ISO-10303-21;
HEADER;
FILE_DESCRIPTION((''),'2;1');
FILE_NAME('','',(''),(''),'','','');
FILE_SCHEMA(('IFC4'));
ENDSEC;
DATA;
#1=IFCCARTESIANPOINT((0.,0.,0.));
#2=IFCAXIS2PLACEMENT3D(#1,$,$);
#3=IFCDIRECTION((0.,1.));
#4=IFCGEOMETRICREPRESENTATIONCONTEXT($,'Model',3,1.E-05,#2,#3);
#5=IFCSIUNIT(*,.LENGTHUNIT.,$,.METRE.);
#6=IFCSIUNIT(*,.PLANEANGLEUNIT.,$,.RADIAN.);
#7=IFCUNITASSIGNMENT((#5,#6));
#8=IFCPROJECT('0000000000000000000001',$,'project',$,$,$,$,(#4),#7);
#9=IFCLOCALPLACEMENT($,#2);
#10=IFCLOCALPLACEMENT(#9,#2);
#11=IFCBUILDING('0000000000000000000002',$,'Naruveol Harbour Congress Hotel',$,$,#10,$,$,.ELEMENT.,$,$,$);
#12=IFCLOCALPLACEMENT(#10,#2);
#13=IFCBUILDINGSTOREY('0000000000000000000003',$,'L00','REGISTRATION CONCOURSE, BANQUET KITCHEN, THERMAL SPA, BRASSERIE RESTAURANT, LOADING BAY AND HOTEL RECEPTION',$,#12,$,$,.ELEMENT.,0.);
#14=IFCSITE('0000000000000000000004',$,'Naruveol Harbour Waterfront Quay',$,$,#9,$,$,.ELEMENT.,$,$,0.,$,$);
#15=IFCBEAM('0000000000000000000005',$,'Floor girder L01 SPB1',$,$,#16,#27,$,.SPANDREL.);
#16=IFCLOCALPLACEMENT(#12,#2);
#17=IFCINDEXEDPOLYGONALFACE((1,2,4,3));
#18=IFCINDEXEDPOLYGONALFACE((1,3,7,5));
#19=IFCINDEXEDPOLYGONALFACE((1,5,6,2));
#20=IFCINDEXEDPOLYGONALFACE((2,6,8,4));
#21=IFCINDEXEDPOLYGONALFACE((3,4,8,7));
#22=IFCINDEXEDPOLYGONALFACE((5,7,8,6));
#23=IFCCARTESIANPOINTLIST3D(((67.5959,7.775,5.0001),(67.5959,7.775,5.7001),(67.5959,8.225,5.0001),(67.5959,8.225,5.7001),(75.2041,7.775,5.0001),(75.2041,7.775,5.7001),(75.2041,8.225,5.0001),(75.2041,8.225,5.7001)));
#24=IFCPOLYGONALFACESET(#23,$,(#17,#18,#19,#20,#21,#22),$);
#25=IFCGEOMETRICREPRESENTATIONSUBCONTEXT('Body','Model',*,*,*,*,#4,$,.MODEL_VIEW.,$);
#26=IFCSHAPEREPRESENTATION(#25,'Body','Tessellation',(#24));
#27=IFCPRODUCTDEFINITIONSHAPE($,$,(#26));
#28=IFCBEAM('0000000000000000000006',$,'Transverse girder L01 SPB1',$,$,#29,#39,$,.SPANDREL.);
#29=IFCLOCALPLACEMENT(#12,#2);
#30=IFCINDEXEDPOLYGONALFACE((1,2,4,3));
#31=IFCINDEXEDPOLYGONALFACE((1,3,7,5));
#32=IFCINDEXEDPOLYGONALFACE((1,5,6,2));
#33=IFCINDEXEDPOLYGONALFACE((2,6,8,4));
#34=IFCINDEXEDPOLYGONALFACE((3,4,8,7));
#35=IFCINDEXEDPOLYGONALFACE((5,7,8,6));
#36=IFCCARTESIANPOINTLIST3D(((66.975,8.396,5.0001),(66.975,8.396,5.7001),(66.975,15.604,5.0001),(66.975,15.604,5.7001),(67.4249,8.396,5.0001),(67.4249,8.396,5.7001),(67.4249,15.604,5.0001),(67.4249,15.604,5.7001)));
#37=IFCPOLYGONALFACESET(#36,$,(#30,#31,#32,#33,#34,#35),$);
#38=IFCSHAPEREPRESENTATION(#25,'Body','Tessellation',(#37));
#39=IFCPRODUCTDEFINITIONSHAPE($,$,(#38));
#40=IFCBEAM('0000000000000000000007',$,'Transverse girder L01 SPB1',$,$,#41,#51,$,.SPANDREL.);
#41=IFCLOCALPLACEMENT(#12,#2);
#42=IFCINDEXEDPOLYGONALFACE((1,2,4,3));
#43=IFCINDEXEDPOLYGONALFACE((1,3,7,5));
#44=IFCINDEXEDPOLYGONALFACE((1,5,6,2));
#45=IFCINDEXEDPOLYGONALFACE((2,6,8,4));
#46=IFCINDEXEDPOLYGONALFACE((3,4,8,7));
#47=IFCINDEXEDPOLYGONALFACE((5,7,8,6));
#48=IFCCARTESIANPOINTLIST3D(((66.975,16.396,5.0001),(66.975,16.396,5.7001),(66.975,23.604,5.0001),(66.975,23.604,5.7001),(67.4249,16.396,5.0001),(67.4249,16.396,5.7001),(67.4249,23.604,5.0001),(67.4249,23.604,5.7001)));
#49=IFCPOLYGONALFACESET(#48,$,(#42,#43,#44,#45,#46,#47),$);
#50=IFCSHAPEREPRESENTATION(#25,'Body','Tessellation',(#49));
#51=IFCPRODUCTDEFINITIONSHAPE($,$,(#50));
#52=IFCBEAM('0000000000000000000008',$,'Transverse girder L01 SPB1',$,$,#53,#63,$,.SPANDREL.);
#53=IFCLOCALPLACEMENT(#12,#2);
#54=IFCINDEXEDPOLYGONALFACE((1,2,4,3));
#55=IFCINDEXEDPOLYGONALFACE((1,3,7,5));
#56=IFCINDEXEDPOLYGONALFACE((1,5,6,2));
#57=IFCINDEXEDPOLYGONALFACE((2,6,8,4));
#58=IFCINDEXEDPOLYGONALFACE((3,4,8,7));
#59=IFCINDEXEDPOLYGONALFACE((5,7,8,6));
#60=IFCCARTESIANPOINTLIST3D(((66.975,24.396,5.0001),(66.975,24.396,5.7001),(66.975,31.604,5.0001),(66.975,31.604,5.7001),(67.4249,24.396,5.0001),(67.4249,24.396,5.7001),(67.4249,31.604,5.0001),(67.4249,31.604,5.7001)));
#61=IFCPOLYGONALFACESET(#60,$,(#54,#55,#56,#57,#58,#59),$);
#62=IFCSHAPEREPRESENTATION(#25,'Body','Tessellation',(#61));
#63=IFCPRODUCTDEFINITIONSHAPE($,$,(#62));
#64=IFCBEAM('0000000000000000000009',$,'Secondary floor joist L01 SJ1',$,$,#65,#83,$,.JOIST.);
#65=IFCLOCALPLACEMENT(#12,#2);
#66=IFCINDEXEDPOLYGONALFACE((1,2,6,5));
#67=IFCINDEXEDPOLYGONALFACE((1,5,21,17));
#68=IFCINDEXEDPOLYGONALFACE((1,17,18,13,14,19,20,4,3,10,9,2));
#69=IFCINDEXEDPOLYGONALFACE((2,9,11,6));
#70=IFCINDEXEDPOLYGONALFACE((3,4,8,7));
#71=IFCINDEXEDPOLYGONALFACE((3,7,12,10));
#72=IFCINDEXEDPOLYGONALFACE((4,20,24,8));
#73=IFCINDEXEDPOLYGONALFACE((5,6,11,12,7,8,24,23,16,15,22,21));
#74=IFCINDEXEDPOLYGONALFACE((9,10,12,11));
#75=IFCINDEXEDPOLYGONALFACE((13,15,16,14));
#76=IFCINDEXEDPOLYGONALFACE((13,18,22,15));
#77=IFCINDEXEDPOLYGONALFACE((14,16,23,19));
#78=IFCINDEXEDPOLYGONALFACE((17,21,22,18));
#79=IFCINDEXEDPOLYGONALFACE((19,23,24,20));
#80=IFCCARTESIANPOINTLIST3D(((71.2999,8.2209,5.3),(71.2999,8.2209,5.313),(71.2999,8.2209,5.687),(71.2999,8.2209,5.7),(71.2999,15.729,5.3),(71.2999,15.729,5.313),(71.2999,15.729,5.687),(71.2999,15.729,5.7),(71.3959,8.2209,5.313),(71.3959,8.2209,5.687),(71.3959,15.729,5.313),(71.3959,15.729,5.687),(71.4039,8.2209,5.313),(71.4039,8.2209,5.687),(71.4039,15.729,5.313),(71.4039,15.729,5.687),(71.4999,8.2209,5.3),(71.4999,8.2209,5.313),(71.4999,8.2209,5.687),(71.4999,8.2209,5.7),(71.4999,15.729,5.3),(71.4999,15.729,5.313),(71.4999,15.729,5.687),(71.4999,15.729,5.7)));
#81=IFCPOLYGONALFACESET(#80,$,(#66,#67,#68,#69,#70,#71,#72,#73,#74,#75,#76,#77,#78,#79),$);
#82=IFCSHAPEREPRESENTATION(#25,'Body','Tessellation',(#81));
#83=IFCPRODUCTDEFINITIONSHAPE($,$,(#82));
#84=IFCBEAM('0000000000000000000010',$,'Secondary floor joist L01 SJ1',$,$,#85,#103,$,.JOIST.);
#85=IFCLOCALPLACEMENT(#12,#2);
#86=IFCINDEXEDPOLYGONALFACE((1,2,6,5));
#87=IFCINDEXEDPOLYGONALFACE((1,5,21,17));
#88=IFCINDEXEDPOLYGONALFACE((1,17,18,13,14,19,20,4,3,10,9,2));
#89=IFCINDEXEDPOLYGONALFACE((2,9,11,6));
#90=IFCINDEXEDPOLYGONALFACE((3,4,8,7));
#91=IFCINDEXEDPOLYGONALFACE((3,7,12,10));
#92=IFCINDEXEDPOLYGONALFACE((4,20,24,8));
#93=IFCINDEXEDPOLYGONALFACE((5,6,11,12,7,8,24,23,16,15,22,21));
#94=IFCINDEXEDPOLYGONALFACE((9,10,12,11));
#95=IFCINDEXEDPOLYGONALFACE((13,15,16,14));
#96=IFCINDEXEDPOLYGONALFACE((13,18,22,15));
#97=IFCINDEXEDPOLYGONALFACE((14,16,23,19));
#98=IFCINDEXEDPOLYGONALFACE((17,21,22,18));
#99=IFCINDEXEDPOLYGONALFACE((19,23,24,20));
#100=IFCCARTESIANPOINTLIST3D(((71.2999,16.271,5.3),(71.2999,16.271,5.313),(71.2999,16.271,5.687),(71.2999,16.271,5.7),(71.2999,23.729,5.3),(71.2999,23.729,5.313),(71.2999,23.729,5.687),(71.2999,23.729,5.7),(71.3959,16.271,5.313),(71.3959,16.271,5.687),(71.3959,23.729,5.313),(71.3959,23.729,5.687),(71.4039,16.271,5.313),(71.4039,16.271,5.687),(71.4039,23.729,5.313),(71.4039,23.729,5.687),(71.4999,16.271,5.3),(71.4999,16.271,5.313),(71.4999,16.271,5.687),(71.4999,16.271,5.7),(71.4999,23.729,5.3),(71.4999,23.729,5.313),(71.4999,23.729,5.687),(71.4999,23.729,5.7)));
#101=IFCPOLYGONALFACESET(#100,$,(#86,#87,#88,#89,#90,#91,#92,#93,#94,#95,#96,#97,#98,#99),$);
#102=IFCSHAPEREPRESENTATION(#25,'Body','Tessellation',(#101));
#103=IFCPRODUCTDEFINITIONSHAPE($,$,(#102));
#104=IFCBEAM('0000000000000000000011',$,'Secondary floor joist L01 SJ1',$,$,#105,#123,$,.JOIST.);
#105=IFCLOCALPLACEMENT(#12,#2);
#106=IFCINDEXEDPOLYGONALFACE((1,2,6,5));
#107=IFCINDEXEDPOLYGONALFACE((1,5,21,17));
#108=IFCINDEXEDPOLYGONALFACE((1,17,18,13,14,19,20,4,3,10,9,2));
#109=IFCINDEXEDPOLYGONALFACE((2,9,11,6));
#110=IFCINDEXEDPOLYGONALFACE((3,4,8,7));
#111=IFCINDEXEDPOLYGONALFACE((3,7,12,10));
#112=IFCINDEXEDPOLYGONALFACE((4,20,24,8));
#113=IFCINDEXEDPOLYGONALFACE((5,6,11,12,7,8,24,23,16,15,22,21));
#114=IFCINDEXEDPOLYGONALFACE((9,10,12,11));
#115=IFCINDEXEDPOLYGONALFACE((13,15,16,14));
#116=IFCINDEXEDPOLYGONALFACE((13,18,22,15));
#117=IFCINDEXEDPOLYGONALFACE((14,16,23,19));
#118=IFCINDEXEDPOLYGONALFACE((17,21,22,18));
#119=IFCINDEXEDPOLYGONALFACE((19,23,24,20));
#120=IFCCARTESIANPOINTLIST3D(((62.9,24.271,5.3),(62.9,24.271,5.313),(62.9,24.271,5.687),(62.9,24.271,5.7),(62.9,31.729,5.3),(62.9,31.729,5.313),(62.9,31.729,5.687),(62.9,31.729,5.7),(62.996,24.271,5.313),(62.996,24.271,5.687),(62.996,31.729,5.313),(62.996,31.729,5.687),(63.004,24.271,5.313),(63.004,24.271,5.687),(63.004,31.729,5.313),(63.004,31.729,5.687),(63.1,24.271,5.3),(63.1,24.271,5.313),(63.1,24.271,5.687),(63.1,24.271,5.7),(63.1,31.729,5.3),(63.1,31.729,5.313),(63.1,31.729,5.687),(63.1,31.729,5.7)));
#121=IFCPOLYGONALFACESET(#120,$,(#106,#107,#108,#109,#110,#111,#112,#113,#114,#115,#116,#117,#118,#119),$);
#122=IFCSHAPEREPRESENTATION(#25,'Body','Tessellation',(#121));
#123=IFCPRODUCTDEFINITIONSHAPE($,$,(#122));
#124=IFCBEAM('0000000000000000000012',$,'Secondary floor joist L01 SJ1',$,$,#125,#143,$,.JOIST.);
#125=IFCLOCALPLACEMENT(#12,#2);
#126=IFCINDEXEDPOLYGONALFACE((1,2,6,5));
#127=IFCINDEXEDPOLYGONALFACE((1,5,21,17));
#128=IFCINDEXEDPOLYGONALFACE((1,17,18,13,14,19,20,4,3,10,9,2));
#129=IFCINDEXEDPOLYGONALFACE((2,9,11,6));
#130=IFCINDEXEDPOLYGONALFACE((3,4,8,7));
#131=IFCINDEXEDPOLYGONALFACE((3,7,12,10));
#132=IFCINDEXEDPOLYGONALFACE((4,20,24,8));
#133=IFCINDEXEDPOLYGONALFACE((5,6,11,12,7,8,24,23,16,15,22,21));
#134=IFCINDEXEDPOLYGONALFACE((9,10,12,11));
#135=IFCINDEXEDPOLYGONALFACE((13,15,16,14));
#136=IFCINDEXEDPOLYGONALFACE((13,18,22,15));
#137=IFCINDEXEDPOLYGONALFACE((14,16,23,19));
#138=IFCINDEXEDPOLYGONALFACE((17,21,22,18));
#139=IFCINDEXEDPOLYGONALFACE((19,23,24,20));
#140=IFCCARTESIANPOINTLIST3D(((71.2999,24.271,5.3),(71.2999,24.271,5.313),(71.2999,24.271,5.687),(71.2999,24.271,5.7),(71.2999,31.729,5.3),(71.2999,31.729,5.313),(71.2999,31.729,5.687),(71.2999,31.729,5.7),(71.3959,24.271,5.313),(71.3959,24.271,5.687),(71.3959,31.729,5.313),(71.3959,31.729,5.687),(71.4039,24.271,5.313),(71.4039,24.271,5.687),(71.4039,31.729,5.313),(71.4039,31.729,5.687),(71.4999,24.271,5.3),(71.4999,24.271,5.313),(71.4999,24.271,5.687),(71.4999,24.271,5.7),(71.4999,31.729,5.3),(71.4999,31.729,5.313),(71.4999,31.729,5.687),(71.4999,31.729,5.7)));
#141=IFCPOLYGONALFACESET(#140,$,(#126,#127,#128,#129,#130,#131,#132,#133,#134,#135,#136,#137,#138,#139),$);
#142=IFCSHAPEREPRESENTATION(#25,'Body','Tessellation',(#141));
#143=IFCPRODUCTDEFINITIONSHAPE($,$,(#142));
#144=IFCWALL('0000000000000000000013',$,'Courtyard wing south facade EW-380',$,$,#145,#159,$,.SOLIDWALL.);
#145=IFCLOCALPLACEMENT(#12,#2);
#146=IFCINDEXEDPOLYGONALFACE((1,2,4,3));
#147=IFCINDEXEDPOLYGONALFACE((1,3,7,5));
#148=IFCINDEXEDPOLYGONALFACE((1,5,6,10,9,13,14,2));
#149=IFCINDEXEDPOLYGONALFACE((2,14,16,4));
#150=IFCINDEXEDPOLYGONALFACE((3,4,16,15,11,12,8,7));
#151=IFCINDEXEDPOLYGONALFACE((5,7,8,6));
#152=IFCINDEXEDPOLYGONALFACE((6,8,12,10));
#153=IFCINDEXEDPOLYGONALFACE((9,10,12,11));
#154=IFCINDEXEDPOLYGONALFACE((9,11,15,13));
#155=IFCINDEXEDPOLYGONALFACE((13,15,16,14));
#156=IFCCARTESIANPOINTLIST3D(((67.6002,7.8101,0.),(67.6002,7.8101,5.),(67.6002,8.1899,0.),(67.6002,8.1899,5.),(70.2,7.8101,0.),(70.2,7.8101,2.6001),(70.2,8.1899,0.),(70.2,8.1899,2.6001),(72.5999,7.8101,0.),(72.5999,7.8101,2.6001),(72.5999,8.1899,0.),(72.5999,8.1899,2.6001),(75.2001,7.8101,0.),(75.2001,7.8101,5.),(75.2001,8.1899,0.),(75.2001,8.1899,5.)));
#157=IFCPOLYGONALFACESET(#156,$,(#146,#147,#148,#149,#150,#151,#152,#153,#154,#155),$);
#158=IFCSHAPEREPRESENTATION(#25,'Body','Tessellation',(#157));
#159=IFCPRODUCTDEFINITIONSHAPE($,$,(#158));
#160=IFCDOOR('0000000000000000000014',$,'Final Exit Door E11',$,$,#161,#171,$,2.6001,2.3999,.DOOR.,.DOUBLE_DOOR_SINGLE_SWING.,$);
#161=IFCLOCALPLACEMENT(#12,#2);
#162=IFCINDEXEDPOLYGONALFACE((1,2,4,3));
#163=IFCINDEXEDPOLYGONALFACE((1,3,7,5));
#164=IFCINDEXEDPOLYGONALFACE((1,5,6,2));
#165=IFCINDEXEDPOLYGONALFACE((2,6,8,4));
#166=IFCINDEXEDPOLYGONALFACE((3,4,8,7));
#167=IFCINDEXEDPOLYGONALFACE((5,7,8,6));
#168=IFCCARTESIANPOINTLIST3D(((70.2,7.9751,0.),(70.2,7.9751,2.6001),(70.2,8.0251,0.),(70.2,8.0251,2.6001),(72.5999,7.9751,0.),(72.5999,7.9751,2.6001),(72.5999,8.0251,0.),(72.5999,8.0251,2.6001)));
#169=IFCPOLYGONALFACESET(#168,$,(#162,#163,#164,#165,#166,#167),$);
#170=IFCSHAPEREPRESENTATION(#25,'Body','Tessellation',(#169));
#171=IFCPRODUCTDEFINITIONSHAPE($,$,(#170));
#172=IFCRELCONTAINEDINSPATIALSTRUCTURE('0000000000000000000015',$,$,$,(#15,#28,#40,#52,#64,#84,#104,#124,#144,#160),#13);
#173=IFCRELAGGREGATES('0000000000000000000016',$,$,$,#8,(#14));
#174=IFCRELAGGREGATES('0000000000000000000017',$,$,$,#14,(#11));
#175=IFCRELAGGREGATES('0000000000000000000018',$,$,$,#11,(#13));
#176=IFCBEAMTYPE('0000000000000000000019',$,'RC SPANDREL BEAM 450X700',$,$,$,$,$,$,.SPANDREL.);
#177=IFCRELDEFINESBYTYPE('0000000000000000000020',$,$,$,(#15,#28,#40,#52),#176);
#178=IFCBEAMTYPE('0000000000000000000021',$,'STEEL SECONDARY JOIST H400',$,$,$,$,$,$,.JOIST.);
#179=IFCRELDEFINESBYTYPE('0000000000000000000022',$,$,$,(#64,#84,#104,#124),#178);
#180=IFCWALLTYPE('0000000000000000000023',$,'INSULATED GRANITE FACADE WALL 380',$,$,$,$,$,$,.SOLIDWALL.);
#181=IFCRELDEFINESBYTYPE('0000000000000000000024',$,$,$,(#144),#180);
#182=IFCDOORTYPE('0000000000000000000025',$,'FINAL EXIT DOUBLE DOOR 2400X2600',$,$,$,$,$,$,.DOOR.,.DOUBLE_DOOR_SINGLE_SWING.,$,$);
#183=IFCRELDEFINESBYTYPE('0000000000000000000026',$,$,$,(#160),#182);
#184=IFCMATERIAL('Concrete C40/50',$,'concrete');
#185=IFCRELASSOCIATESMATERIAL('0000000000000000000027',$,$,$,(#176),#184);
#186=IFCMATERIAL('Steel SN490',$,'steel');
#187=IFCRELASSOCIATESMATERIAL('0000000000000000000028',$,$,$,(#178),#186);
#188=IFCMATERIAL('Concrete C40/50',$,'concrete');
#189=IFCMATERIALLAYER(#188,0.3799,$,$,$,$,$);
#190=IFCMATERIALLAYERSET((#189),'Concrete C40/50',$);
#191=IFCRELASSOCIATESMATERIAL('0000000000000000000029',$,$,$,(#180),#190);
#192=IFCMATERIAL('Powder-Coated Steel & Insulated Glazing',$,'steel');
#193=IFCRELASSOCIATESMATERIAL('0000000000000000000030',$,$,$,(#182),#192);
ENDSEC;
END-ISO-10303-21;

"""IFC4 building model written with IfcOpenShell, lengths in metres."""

from ifc_helpers import new_model, si_unit, direction, frame, frame_2d, origin, origin_2d, place, context, subcontext, project, spatial, rectangle, i_section, extrude, material, layer, layer_set, material_profile, profile_set, type_object, element, fill, save


model = new_model("IFC4")

# Units and contexts
model_context = context("Model", 3, precision=1e-05, world=origin(), true_north=direction((0.0, 1.0)))
body_context = subcontext(model_context, "Body", "Model", "MODEL_VIEW")
ifc_project = project(units=[si_unit("LENGTHUNIT", "METRE"), si_unit("PLANEANGLEUNIT", "RADIAN")], contexts=[model_context])

# Site, building, storey
site_placement = place(None, origin())
site = spatial("IfcSite", under=ifc_project, at=site_placement, Name="Naruveol Harbour Waterfront Quay", CompositionType="ELEMENT", RefElevation=0.0)
building_placement = place(site_placement, origin())
building = spatial("IfcBuilding", under=site, at=building_placement, Name="Naruveol Harbour Congress Hotel", CompositionType="ELEMENT")
storey_placement = place(building_placement, origin())
storey = spatial("IfcBuildingStorey", under=building, at=storey_placement, Name="L00", Description="REGISTRATION CONCOURSE, BANQUET KITCHEN, THERMAL SPA, BRASSERIE RESTAURANT, LOADING BAY AND HOTEL RECEPTION", CompositionType="ELEMENT", Elevation=0.0)

# Beams
ifc_material_1 = material(Name="Concrete C40/50", Category="concrete")
ifc_material_profile_1 = material_profile(ifc_material_1, rectangle(XDim=0.45, YDim=0.7, at=origin_2d()), Name="RCB-450x700")
ifc_profile_set_1 = profile_set([ifc_material_profile_1], Name="Concrete C40/50")
beam_type_1 = type_object("IfcBeamType", Name="RC SPANDREL BEAM 450X700", PredefinedType="SPANDREL", material=ifc_profile_set_1)
beam_1_placement = place(storey_placement, frame((67.5959, 8.0, 5.3501), z_axis=(1.0, 0.0, 0.0), x_axis=(0.0, 1.0, 0.0)))
element("IfcBeam", 1, at=beam_1_placement, inside=storey, type_object=beam_type_1, Name="Floor girder L01 SPB1", PredefinedType="SPANDREL", context=body_context, shape_type="SweptSolid", body=[
    extrude(rectangle(XDim=0.45, YDim=0.7, at=origin_2d()), origin(), (0.0, 0.0, 1.0), 7.6082),
])
for number, where, z_axis, x_axis, name in (
    (2, (67.2, 8.396, 5.3501), (0.0, 1.0, 0.0), (-1.0, 0.0, 0.0), "Transverse girder L01 SPB1"),
    (3, (67.2, 16.396, 5.3501), (0.0, 1.0, 0.0), (-1.0, 0.0, 0.0), "Transverse girder L01 SPB1"),
    (4, (67.2, 24.396, 5.3501), (0.0, 1.0, 0.0), (-1.0, 0.0, 0.0), "Transverse girder L01 SPB1"),
):
    element("IfcBeam", number, at=place(storey_placement, frame(where, z_axis=z_axis, x_axis=x_axis)), inside=storey, type_object=beam_type_1, Name=name, PredefinedType="SPANDREL", context=body_context, shape_type="SweptSolid", body=[
        extrude(rectangle(XDim=0.45, YDim=0.7, at=origin_2d()), origin(), (0.0, 0.0, 1.0), 7.208),
    ])
ifc_material_2 = material(Name="Steel SN490", Category="steel")
ifc_material_profile_2 = material_profile(ifc_material_2, i_section(OverallWidth=0.2, OverallDepth=0.3999, WebThickness=0.0081, FlangeThickness=0.0129, at=origin_2d()), Name="H-400x200x8x13")
ifc_profile_set_2 = profile_set([ifc_material_profile_2], Name="Steel SN490")
beam_type_2 = type_object("IfcBeamType", Name="STEEL SECONDARY JOIST H400", PredefinedType="JOIST", material=ifc_profile_set_2)
beam_2_placement = place(storey_placement, frame((71.3999, 8.2209, 5.5), z_axis=(0.0, 1.0, 0.0), x_axis=(-1.0, 0.0, 0.0)))
element("IfcBeam", 5, at=beam_2_placement, inside=storey, type_object=beam_type_2, Name="Secondary floor joist L01 SJ1", PredefinedType="JOIST", context=body_context, shape_type="SweptSolid", body=[
    extrude(i_section(OverallWidth=0.2, OverallDepth=0.3999, WebThickness=0.0081, FlangeThickness=0.0129, at=origin_2d()), origin(), (0.0, 0.0, 1.0), 7.5081),
])
for number, where, z_axis, x_axis, name in (
    (6, (71.3999, 16.271, 5.5), (0.0, 1.0, 0.0), (-1.0, 0.0, 0.0), "Secondary floor joist L01 SJ1"),
    (7, (63.0, 24.271, 5.5), (0.0, 1.0, 0.0), (-1.0, 0.0, 0.0), "Secondary floor joist L01 SJ1"),
    (8, (71.3999, 24.271, 5.5), (0.0, 1.0, 0.0), (-1.0, 0.0, 0.0), "Secondary floor joist L01 SJ1"),
):
    element("IfcBeam", number, at=place(storey_placement, frame(where, z_axis=z_axis, x_axis=x_axis)), inside=storey, type_object=beam_type_2, Name=name, PredefinedType="JOIST", context=body_context, shape_type="SweptSolid", body=[
        extrude(i_section(OverallWidth=0.2, OverallDepth=0.3999, WebThickness=0.0081, FlangeThickness=0.0129, at=origin_2d()), origin(), (0.0, 0.0, 1.0), 7.458),
    ])

# Wall, opening, door
ifc_material_3 = material(Name="Concrete C40/50", Category="concrete")
ifc_layer_1 = layer(ifc_material_3, 0.3799)
ifc_layer_set_1 = layer_set([ifc_layer_1], Name="Concrete C40/50")
wall_type_1 = type_object("IfcWallType", Name="INSULATED GRANITE FACADE WALL 380", PredefinedType="SOLIDWALL", material=ifc_layer_set_1)
wall_1_placement = place(storey_placement, frame((75.2, 8.0, 0.0), z_axis=(0.0, 0.0, 1.0), x_axis=(-1.0, 0.0, 0.0)))
wall_1 = element("IfcWall", 9, at=wall_1_placement, inside=storey, type_object=wall_type_1, Name="Courtyard wing south facade EW-380", PredefinedType="SOLIDWALL", context=body_context, shape_type="SweptSolid", body=[
    extrude(rectangle(XDim=7.5999, YDim=0.3799, at=frame_2d((3.7998, 0.0))), origin(), (0.0, 0.0, 1.0), 5.0),
])
opening_1_placement = place(wall_1_placement, frame((2.6001, 0.0, 0.0)))
opening_1 = element("IfcOpeningElement", 10, at=opening_1_placement, cuts=wall_1, PredefinedType="OPENING", context=body_context, shape_type="SweptSolid", body=[
    extrude(rectangle(XDim=2.3999, YDim=2.6001, at=frame_2d((1.2, 1.3))), frame((0.0, 0.2, 0.0), z_axis=(0.0, -1.0, 0.0), x_axis=(1.0, 0.0, 0.0)), (0.0, 0.0, 1.0), 0.3999),
])
ifc_material_4 = material(Name="Powder-Coated Steel & Insulated Glazing", Category="steel")
door_type_1 = type_object("IfcDoorType", Name="FINAL EXIT DOUBLE DOOR 2400X2600", OperationType="DOUBLE_DOOR_SINGLE_SWING", PredefinedType="DOOR", material=ifc_material_4)
door_1_placement = place(opening_1_placement, origin())
door_1 = element("IfcDoor", 11, at=door_1_placement, inside=storey, type_object=door_type_1, Name="Final Exit Door E11", OperationType="DOUBLE_DOOR_SINGLE_SWING", OverallHeight=2.6001, OverallWidth=2.3999, PredefinedType="DOOR", context=body_context, shape_type="SweptSolid", body=[
    extrude(rectangle(XDim=2.3999, YDim=2.6001, at=frame_2d((1.2, 1.3))), frame((0.0, 0.0249, 0.0), z_axis=(0.0, -1.0, 0.0), x_axis=(1.0, 0.0, 0.0)), (0.0, 0.0, 1.0), 0.05),
])
fill(opening_1, door_1)

save(model, "model.ifc")
